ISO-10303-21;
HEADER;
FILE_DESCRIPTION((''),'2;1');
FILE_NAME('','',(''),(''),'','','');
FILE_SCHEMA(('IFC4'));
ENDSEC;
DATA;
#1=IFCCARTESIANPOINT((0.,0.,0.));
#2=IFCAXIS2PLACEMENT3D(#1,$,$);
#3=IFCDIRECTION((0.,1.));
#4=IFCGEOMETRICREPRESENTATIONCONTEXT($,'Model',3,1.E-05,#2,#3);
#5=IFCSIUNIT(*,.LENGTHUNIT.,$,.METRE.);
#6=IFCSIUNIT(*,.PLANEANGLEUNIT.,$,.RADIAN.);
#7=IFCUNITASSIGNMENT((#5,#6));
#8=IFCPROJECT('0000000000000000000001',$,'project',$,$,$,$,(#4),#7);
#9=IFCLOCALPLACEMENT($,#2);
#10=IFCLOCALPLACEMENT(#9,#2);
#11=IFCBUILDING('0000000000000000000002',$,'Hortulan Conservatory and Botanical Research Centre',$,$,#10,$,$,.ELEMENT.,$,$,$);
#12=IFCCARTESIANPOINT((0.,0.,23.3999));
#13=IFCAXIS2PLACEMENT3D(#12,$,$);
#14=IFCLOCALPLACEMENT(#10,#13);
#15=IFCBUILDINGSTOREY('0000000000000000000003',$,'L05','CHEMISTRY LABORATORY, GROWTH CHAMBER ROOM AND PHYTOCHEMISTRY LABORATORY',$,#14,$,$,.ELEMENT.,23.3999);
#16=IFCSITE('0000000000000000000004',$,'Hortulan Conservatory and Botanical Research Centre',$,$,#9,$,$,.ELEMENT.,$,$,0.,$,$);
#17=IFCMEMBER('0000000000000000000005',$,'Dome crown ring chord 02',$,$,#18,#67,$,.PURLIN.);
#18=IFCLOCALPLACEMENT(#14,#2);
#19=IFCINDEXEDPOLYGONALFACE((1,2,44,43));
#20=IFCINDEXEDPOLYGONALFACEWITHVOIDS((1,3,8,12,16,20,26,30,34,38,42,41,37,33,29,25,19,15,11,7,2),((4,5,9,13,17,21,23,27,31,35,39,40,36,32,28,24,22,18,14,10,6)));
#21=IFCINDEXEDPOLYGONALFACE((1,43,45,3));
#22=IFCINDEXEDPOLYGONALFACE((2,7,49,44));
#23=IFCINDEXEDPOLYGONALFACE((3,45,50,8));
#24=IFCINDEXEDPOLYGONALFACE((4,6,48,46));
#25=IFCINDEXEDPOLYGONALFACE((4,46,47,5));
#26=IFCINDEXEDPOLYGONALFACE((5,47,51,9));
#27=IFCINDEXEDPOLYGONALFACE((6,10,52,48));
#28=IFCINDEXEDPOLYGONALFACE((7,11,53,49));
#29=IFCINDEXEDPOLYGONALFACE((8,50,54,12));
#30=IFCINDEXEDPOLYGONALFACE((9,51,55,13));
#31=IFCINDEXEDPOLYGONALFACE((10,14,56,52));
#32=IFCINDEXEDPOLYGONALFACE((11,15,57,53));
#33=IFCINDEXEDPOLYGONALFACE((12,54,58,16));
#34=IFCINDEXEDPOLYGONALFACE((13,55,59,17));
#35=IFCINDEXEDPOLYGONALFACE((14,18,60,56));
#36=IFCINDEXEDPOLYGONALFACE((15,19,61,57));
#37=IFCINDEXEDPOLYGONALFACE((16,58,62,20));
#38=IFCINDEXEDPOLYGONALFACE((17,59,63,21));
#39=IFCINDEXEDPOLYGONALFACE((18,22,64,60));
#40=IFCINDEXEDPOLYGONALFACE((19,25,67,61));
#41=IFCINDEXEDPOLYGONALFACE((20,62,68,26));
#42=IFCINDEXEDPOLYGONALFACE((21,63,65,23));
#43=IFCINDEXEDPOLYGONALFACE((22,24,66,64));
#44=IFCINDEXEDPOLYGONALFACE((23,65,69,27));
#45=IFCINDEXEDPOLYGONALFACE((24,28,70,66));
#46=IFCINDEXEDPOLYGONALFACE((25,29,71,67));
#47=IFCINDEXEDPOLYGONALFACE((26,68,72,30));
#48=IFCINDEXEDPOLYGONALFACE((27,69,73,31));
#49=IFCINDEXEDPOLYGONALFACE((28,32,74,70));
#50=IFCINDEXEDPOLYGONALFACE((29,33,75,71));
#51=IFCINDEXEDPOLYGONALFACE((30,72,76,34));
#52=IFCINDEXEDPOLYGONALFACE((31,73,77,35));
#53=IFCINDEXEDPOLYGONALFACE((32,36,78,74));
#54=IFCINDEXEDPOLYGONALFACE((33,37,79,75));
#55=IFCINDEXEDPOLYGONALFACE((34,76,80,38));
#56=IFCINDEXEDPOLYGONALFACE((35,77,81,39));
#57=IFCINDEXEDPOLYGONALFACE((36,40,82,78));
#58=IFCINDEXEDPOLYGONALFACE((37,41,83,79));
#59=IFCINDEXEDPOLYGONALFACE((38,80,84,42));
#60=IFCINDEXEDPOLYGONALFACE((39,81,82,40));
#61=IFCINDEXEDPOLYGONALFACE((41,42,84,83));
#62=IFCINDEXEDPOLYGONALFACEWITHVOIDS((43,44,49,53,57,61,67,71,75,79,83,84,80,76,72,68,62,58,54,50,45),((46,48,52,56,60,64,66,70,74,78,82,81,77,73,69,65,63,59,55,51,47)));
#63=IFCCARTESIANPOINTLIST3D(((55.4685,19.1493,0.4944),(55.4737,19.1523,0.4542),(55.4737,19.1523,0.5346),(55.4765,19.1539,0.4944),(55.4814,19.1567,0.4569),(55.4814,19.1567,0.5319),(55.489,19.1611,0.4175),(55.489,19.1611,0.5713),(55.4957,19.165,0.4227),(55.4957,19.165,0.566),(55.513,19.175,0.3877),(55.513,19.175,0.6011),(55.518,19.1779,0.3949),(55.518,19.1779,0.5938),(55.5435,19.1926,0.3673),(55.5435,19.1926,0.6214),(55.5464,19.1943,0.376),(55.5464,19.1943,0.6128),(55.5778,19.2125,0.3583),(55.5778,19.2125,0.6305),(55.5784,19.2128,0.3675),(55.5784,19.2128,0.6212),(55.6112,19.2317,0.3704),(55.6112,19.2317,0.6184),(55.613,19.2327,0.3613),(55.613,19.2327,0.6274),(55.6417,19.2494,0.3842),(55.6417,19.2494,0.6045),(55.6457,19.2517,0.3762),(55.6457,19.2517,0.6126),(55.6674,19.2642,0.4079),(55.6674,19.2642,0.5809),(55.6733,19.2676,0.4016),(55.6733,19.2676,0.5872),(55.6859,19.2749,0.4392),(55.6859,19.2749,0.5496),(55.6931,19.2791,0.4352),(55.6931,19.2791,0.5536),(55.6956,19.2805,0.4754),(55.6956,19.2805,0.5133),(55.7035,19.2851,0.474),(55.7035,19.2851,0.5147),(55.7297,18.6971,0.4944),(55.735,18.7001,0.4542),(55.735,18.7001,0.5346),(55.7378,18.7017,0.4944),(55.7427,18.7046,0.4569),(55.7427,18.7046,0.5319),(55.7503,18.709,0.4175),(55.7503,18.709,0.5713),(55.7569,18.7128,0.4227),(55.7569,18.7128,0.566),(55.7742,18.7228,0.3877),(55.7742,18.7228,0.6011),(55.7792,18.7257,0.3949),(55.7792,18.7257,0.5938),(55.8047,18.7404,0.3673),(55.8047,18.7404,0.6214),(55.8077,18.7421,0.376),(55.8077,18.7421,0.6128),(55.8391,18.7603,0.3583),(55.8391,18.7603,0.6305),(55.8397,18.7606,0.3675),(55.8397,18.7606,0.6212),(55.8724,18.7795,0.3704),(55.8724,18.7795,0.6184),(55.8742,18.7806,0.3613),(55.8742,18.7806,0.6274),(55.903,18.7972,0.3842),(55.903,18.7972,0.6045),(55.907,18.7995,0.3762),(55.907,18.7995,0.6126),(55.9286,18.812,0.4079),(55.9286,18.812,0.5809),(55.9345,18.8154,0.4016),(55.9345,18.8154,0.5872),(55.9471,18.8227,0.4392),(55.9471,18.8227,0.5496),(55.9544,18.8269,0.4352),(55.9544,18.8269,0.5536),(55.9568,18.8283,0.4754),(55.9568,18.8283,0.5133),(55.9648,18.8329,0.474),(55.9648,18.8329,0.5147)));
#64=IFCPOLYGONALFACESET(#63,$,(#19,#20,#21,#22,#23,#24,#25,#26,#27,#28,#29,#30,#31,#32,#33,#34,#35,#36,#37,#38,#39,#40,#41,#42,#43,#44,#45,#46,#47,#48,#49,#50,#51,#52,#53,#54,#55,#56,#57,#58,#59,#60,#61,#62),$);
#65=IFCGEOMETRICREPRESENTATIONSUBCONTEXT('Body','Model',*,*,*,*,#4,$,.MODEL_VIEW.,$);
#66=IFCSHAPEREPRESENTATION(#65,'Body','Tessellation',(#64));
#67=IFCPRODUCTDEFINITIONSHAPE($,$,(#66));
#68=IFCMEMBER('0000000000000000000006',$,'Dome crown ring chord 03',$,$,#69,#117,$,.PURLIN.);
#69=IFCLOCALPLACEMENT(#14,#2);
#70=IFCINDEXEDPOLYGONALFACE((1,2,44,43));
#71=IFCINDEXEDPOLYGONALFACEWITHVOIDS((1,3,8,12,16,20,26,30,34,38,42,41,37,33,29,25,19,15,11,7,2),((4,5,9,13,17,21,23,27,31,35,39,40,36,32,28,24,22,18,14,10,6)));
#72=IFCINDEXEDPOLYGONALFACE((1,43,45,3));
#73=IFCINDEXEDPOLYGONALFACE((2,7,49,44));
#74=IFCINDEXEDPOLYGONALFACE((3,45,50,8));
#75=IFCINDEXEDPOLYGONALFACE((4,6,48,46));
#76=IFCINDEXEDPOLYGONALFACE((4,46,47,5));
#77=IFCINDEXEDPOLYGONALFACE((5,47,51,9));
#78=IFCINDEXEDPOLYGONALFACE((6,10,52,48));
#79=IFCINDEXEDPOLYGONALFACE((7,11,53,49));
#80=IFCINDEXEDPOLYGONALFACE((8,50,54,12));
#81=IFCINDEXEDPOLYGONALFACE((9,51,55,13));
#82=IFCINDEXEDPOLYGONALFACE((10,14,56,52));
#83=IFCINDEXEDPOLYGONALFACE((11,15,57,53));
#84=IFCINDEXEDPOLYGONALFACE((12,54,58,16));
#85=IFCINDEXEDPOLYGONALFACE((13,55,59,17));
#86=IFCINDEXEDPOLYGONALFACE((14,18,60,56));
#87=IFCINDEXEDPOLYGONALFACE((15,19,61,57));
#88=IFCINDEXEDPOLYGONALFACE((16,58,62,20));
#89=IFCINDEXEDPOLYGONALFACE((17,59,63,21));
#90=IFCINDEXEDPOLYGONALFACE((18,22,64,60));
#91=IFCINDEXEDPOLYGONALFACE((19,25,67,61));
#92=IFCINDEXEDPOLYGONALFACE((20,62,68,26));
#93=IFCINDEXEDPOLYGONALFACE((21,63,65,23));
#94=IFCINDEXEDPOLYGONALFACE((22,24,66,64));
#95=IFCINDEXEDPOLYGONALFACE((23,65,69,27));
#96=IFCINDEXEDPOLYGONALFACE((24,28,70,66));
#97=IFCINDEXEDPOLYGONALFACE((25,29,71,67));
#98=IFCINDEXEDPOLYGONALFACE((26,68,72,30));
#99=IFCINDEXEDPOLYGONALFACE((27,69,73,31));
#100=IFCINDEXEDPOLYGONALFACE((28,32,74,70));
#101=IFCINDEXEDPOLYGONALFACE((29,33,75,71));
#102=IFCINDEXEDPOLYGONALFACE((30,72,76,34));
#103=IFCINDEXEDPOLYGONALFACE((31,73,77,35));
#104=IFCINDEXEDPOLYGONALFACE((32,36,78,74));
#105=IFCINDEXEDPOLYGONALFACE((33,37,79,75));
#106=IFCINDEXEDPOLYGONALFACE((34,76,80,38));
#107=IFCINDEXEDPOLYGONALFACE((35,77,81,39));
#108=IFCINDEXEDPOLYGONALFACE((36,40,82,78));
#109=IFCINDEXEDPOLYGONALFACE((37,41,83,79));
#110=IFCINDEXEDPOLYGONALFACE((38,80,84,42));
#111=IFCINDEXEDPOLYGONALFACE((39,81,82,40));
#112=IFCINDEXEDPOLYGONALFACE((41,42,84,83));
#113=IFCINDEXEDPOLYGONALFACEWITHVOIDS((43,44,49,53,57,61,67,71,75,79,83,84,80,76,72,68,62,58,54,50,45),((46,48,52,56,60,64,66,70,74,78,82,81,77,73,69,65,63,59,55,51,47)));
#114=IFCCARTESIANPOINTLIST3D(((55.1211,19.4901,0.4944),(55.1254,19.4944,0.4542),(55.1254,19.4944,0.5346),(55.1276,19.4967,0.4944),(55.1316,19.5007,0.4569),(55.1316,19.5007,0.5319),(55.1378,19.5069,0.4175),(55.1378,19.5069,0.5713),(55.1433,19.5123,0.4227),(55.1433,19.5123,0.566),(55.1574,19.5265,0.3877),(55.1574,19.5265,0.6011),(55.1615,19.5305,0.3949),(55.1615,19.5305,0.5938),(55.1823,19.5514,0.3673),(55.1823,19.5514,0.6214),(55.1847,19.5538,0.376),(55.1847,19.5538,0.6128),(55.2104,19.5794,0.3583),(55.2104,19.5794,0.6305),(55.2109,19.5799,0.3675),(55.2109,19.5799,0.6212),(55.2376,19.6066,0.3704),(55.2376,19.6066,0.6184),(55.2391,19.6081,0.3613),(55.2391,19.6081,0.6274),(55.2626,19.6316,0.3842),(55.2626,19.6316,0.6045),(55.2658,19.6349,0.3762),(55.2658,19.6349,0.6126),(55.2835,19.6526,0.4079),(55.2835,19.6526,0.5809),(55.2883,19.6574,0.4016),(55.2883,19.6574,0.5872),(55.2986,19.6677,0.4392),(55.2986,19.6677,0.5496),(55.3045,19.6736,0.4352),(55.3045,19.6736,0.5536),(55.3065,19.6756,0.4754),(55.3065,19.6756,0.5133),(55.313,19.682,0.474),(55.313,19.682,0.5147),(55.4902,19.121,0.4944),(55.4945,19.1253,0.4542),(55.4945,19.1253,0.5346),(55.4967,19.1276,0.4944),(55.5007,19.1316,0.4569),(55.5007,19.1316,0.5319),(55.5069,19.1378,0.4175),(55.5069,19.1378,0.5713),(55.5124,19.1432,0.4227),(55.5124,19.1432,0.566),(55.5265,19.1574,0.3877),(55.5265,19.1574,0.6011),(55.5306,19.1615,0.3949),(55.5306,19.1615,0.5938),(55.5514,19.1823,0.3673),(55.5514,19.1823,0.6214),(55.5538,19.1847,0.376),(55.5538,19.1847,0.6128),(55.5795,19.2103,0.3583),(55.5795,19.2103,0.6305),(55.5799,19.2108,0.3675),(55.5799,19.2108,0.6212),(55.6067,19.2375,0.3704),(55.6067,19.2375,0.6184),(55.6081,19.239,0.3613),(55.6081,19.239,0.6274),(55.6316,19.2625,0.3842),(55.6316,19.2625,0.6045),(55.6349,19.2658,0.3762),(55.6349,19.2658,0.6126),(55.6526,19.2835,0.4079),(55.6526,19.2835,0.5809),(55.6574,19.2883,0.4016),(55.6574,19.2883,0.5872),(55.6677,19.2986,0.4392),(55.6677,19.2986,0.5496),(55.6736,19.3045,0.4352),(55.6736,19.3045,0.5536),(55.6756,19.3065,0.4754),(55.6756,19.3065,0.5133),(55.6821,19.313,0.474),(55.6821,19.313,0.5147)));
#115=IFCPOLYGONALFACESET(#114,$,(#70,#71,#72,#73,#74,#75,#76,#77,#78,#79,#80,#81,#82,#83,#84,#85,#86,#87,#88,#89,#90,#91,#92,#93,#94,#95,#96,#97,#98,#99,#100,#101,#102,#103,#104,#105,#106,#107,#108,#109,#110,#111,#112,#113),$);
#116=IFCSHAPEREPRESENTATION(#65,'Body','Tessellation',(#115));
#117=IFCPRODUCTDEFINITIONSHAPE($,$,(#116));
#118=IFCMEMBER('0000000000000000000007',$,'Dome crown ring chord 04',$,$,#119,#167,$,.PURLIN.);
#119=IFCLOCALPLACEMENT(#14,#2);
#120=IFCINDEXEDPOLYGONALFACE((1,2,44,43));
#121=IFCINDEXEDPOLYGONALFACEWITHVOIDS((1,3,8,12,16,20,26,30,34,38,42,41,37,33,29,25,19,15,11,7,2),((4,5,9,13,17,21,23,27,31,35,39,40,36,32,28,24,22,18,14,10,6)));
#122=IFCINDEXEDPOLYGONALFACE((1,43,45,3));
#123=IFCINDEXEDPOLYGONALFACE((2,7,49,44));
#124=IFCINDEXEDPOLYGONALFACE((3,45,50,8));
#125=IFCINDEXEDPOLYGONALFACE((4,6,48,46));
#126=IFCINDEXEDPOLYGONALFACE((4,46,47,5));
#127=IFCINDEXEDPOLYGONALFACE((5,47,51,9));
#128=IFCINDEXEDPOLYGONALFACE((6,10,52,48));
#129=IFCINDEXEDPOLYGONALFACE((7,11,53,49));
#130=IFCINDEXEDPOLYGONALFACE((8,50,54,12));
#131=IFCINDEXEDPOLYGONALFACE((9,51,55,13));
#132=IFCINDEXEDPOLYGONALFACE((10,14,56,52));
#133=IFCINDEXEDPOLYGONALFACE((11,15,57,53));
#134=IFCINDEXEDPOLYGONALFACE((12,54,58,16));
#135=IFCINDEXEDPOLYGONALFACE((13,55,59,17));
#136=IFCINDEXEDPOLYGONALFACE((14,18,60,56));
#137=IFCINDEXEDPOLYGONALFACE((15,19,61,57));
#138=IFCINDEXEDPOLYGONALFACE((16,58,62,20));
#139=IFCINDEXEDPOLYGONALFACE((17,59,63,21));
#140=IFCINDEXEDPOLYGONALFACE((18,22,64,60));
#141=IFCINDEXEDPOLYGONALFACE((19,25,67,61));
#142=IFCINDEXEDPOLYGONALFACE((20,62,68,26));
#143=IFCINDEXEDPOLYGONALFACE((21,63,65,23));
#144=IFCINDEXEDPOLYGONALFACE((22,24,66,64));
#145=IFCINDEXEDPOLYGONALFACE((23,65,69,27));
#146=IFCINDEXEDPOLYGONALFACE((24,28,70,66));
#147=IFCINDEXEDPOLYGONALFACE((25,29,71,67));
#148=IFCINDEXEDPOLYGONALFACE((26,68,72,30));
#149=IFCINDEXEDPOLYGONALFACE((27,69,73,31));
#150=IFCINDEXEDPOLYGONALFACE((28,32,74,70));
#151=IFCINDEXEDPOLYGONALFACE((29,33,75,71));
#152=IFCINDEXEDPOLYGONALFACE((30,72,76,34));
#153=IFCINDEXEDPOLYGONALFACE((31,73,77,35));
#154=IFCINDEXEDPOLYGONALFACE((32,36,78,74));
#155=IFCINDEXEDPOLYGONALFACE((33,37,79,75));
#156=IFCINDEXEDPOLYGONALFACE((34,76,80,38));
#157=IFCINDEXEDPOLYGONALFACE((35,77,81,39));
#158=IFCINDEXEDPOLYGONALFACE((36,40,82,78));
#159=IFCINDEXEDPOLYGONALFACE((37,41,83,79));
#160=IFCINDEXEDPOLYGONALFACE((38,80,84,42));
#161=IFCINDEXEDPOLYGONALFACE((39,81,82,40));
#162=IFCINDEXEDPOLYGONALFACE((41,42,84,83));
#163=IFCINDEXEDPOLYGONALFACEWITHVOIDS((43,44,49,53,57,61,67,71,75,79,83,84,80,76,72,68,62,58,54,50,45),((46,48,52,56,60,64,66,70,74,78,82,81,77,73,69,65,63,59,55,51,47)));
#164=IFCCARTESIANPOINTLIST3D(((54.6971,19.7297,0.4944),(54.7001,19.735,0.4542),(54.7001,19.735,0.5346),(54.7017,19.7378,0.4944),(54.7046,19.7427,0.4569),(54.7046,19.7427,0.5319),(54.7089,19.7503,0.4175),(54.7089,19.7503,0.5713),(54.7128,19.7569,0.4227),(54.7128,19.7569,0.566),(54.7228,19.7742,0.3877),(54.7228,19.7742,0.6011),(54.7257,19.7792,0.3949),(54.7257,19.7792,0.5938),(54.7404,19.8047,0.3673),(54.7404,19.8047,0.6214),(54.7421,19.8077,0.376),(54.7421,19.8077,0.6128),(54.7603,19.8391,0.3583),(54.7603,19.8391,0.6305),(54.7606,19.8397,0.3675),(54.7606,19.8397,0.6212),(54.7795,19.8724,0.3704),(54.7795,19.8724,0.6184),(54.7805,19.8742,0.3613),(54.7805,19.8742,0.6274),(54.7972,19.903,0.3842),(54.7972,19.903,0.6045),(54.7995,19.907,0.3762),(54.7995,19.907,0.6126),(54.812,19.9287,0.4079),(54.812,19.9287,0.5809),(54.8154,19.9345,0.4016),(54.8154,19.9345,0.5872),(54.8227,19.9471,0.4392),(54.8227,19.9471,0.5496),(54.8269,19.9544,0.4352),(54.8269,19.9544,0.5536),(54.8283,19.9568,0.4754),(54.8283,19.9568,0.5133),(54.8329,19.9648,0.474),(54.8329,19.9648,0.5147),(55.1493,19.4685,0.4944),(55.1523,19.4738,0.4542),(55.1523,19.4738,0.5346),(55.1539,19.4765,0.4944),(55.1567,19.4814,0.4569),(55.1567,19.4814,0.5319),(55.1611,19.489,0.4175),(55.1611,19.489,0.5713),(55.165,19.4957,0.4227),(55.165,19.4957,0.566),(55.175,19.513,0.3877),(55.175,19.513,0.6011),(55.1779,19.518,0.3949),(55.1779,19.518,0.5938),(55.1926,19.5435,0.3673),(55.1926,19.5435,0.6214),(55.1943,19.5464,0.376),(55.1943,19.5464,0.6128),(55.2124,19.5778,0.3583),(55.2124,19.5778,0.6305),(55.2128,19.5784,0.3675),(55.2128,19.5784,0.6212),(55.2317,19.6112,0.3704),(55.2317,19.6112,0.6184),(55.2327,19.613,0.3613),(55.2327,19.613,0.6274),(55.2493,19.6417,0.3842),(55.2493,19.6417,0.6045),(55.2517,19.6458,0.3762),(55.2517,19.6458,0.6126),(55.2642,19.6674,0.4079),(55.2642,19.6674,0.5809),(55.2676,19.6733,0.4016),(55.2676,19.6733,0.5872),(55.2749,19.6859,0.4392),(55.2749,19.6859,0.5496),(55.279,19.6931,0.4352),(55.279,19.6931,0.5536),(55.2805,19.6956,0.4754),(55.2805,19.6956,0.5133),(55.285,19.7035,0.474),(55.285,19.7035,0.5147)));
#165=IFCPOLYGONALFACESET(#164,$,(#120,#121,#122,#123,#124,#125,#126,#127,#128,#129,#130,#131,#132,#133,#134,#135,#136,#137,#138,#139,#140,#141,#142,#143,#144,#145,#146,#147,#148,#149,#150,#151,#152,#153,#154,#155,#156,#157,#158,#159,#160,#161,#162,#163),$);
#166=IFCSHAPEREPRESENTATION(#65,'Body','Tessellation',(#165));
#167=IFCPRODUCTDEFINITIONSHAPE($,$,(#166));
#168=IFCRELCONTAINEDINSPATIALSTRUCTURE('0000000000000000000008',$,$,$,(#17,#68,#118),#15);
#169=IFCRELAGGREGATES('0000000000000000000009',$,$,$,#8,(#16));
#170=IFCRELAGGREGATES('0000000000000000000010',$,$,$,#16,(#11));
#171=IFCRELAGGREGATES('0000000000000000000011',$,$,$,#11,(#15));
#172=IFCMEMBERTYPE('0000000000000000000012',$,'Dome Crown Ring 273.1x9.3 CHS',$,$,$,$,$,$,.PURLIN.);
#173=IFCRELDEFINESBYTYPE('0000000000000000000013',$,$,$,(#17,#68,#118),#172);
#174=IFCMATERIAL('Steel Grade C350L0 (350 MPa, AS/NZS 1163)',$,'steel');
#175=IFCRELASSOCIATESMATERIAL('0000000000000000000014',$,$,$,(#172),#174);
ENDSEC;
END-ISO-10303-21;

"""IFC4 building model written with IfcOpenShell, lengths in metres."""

from ifc_helpers import new_model, si_unit, direction, frame, origin, origin_2d, place, context, subcontext, project, spatial, hollow_circle, extrude, material, material_profile, profile_set, type_object, element, save


model = new_model("IFC4")

# Units and contexts
model_context = context("Model", 3, precision=1e-05, world=origin(), true_north=direction((0.0, 1.0)))
body_context = subcontext(model_context, "Body", "Model", "MODEL_VIEW")
ifc_project = project(units=[si_unit("LENGTHUNIT", "METRE"), si_unit("PLANEANGLEUNIT", "RADIAN")], contexts=[model_context])

# Site, building, storey
site_placement = place(None, origin())
site = spatial("IfcSite", under=ifc_project, at=site_placement, Name="Hortulan Conservatory and Botanical Research Centre", CompositionType="ELEMENT", RefElevation=0.0)
building_placement = place(site_placement, origin())
building = spatial("IfcBuilding", under=site, at=building_placement, Name="Hortulan Conservatory and Botanical Research Centre", CompositionType="ELEMENT")
storey_placement = place(building_placement, frame((0.0, 0.0, 23.3999)))
storey = spatial("IfcBuildingStorey", under=building, at=storey_placement, Name="L05", Description="CHEMISTRY LABORATORY, GROWTH CHAMBER ROOM AND PHYTOCHEMISTRY LABORATORY", CompositionType="ELEMENT", Elevation=23.3999)

# Members
ifc_material_1 = material(Name="Steel Grade C350L0 (350 MPa, AS/NZS 1163)", Category="steel")
ifc_material_profile_1 = material_profile(ifc_material_1, hollow_circle(Radius=0.1365, WallThickness=0.0093, at=origin_2d()), Name="273.1x9.3CHS")
ifc_profile_set_1 = profile_set([ifc_material_profile_1], Name="Steel Grade C350L0 (350 MPa, AS/NZS 1163)")
member_type_1 = type_object("IfcMemberType", Name="Dome Crown Ring 273.1x9.3 CHS", PredefinedType="PURLIN", material=ifc_profile_set_1)
member_1_placement = place(storey_placement, frame((55.8479, 18.7654, 0.4944), z_axis=(-0.500262, 0.865874, 0.0), x_axis=(-0.865874, -0.500262, 0.0)))
element("IfcMember", 1, at=member_1_placement, inside=storey, type_object=member_type_1, Name="Dome crown ring chord 02", PredefinedType="PURLIN", context=body_context, shape_type="SweptSolid", body=[
    extrude(hollow_circle(Radius=0.1365, WallThickness=0.0093, at=origin_2d()), origin(), (0.0, 0.0, 1.0), 0.5222),
])
member_2_placement = place(storey_placement, frame((55.5867, 19.2175, 0.4944), z_axis=(-0.707107, 0.707107, 0.0), x_axis=(-0.707107, -0.707107, 0.0)))
element("IfcMember", 2, at=member_2_placement, inside=storey, type_object=member_type_1, Name="Dome crown ring chord 03", PredefinedType="PURLIN", context=body_context, shape_type="SweptSolid", body=[
    extrude(hollow_circle(Radius=0.1365, WallThickness=0.0093, at=origin_2d()), origin(), (0.0, 0.0, 1.0), 0.522),
])
for number, where, z_axis, x_axis, name in (
    (3, (55.2175, 19.5867, 0.4944), (-0.865874, 0.500262, 0.0), (-0.500262, -0.865874, 0.0), "Dome crown ring chord 04"),
):
    element("IfcMember", number, at=place(storey_placement, frame(where, z_axis=z_axis, x_axis=x_axis)), inside=storey, type_object=member_type_1, Name=name, PredefinedType="PURLIN", context=body_context, shape_type="SweptSolid", body=[
        extrude(hollow_circle(Radius=0.1365, WallThickness=0.0093, at=origin_2d()), origin(), (0.0, 0.0, 1.0), 0.5222),
    ])

save(model, "model.ifc")
